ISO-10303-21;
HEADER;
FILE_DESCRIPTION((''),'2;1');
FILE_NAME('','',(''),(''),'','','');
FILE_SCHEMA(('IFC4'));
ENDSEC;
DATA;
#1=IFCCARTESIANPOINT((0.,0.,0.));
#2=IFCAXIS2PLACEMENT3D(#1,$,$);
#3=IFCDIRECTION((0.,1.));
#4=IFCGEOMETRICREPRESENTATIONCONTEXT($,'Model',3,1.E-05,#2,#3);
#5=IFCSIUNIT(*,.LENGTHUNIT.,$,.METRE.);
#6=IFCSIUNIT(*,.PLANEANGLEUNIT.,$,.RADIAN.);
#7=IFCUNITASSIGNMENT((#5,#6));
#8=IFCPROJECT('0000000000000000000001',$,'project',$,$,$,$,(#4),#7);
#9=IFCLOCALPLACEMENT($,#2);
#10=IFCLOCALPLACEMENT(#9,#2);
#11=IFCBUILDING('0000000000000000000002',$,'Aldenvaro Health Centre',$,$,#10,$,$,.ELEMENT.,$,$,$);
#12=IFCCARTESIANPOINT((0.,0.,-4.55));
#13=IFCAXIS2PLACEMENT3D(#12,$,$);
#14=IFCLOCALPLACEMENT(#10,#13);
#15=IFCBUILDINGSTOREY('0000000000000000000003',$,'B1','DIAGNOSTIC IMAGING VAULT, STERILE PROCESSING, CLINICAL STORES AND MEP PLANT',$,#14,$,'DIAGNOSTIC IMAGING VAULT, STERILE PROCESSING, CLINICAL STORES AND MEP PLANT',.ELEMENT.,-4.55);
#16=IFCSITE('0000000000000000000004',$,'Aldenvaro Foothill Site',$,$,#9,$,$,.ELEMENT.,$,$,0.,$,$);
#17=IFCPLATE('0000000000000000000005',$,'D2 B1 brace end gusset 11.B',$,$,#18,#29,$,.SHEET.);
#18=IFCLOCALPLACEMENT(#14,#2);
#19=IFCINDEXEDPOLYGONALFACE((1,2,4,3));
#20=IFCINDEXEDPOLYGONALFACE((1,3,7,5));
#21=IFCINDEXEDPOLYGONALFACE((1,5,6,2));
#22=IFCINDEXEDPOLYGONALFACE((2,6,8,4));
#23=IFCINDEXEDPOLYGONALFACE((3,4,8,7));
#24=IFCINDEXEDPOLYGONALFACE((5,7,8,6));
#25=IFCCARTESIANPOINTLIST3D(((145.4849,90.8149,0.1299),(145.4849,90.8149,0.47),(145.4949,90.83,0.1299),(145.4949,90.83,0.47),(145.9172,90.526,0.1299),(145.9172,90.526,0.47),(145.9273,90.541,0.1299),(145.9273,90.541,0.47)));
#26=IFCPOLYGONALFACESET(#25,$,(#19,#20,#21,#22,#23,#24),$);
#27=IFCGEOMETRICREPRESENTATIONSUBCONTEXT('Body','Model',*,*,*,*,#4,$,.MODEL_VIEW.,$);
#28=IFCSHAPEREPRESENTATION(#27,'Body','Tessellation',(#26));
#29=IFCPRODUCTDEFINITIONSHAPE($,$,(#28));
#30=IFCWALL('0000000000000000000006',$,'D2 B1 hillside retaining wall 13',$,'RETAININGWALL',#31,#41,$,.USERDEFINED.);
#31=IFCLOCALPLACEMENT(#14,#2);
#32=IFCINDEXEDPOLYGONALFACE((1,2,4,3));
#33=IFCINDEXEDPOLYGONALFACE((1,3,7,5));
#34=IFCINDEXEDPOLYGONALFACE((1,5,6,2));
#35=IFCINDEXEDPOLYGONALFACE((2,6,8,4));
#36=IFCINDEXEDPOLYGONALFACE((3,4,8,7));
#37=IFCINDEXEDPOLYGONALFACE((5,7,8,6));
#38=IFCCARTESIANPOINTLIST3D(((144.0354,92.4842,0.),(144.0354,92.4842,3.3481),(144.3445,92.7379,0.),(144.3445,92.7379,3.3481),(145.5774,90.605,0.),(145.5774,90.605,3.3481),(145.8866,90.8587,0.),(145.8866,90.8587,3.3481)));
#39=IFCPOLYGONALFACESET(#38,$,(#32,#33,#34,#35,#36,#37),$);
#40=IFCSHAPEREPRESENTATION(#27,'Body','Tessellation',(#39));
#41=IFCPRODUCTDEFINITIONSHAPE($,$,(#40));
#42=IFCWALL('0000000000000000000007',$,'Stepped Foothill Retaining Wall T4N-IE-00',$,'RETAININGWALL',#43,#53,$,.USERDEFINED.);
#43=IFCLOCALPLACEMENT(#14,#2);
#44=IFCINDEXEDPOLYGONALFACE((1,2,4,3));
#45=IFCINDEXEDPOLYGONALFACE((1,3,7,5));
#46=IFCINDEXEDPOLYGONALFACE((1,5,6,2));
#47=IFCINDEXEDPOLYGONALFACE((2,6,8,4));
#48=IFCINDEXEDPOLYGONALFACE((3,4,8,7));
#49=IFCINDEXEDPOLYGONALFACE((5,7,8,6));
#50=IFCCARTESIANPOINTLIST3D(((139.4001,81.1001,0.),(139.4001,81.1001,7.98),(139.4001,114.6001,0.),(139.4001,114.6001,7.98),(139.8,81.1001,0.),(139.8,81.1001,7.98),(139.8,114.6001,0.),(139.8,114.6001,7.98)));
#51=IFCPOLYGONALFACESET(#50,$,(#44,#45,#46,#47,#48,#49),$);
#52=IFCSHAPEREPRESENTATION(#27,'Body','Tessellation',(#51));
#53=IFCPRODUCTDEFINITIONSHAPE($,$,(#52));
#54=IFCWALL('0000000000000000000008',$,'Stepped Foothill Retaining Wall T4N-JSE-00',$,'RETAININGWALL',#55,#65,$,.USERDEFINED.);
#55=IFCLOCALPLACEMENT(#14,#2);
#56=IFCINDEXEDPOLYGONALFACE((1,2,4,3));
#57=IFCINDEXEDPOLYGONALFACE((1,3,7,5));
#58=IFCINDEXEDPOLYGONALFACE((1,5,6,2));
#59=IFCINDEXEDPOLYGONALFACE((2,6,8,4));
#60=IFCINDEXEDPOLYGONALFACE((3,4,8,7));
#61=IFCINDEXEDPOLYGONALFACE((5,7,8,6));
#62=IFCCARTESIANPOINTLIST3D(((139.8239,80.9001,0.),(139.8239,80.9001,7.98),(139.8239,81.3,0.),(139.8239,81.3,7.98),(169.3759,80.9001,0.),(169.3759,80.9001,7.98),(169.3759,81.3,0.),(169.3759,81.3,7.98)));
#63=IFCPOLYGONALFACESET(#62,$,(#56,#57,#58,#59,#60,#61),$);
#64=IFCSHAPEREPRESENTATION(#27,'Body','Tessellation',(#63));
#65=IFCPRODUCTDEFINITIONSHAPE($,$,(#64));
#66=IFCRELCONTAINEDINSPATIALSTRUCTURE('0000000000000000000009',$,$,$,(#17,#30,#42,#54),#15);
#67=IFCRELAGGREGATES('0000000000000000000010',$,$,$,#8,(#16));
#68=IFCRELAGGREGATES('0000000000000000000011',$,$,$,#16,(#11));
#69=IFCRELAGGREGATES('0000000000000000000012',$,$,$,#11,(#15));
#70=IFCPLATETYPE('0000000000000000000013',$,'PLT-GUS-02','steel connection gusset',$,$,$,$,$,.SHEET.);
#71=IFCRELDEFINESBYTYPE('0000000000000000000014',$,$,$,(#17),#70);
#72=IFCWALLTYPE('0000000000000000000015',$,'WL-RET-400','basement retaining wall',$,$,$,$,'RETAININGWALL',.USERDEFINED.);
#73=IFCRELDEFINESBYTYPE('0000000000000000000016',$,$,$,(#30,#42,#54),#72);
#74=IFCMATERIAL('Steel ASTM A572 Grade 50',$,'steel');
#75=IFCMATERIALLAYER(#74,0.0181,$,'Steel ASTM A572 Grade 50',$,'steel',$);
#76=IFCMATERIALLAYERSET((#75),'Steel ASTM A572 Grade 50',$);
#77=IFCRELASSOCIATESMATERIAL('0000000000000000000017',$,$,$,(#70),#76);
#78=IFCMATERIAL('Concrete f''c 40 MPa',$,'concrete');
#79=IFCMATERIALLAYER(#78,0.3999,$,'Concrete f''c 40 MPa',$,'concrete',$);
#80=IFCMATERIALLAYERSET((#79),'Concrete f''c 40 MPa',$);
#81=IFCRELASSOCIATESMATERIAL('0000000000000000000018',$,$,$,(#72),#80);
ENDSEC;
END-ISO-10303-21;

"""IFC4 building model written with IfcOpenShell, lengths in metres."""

from ifc_helpers import new_model, si_unit, direction, frame, frame_2d, origin, origin_2d, place, context, subcontext, project, spatial, rectangle, extrude, material, layer, layer_set, type_object, element, save


model = new_model("IFC4")

# Units and contexts
model_context = context("Model", 3, precision=1e-05, world=origin(), true_north=direction((0.0, 1.0)))
body_context = subcontext(model_context, "Body", "Model", "MODEL_VIEW")
ifc_project = project(units=[si_unit("LENGTHUNIT", "METRE"), si_unit("PLANEANGLEUNIT", "RADIAN")], contexts=[model_context])

# Site, building, storey
site_placement = place(None, origin())
site = spatial("IfcSite", under=ifc_project, at=site_placement, Name="Aldenvaro Foothill Site", CompositionType="ELEMENT", RefElevation=0.0)
building_placement = place(site_placement, origin())
building = spatial("IfcBuilding", under=site, at=building_placement, Name="Aldenvaro Health Centre", CompositionType="ELEMENT")
storey_placement = place(building_placement, frame((0.0, 0.0, -4.55)))
storey = spatial("IfcBuildingStorey", under=building, at=storey_placement, Name="B1", Description="DIAGNOSTIC IMAGING VAULT, STERILE PROCESSING, CLINICAL STORES AND MEP PLANT", LongName="DIAGNOSTIC IMAGING VAULT, STERILE PROCESSING, CLINICAL STORES AND MEP PLANT", CompositionType="ELEMENT", Elevation=-4.55)

# Shared definitions
ifc_material_1 = material(Name="Concrete f'c 40 MPa", Category="concrete")

# Plate
ifc_material_2 = material(Name="Steel ASTM A572 Grade 50", Category="steel")
ifc_layer_1 = layer(ifc_material_2, 0.0181, Name="Steel ASTM A572 Grade 50", Category="steel")
ifc_layer_set_1 = layer_set([ifc_layer_1], Name="Steel ASTM A572 Grade 50")
plate_type = type_object("IfcPlateType", Name="PLT-GUS-02", Description="steel connection gusset", PredefinedType="SHEET", material=ifc_layer_set_1)
plate_placement = place(storey_placement, frame((145.7061, 90.678, 0.1299), z_axis=(0.0, 0.0, 1.0), x_axis=(0.831441, -0.555614, 0.0)))
element("IfcPlate", 1, at=plate_placement, inside=storey, type_object=plate_type, Name="D2 B1 brace end gusset 11.B", PredefinedType="SHEET", context=body_context, shape_type="SweptSolid", body=[
    extrude(rectangle(XDim=0.52, YDim=0.0181, at=origin_2d()), origin(), (0.0, 0.0, 1.0), 0.3401),
])

# Walls
ifc_layer_2 = layer(ifc_material_1, 0.3999, Name="Concrete f'c 40 MPa", Category="concrete")
ifc_layer_set_2 = layer_set([ifc_layer_2], Name="Concrete f'c 40 MPa")
wall_type = type_object("IfcWallType", Name="WL-RET-400", Description="basement retaining wall", ElementType="RETAININGWALL", PredefinedType="USERDEFINED", material=ifc_layer_set_2)
wall_1_placement = place(storey_placement, frame((145.7319, 90.7319, 0.0), z_axis=(0.0, 0.0, 1.0), x_axis=(-0.634347, 0.773048, 0.0)))
element("IfcWall", 2, at=wall_1_placement, inside=storey, type_object=wall_type, Name="D2 B1 hillside retaining wall 13", ObjectType="RETAININGWALL", PredefinedType="USERDEFINED", context=body_context, shape_type="SweptSolid", body=[
    extrude(rectangle(XDim=2.4309, YDim=0.3999, at=frame_2d((1.2153, 0.0))), origin(), (0.0, 0.0, 1.0), 3.3481),
])
wall_2_placement = place(storey_placement, frame((139.6001, 81.1001, 0.0), z_axis=(0.0, 0.0, 1.0), x_axis=(0.0, 1.0, 0.0)))
element("IfcWall", 3, at=wall_2_placement, inside=storey, type_object=wall_type, Name="Stepped Foothill Retaining Wall T4N-IE-00", ObjectType="RETAININGWALL", PredefinedType="USERDEFINED", context=body_context, shape_type="SweptSolid", body=[
    extrude(rectangle(XDim=33.5, YDim=0.3999, at=frame_2d((16.75, 0.0))), origin(), (0.0, 0.0, 1.0), 7.98),
])
wall_3_placement = place(storey_placement, frame((139.824, 81.1001, 0.0), z_axis=(0.0, 0.0, 1.0), x_axis=(1.0, 0.0, 0.0)))
element("IfcWall", 4, at=wall_3_placement, inside=storey, type_object=wall_type, Name="Stepped Foothill Retaining Wall T4N-JSE-00", ObjectType="RETAININGWALL", PredefinedType="USERDEFINED", context=body_context, shape_type="SweptSolid", body=[
    extrude(rectangle(XDim=29.552, YDim=0.3999, at=frame_2d((14.7759, 0.0))), origin(), (0.0, 0.0, 1.0), 7.98),
])

save(model, "model.ifc")
